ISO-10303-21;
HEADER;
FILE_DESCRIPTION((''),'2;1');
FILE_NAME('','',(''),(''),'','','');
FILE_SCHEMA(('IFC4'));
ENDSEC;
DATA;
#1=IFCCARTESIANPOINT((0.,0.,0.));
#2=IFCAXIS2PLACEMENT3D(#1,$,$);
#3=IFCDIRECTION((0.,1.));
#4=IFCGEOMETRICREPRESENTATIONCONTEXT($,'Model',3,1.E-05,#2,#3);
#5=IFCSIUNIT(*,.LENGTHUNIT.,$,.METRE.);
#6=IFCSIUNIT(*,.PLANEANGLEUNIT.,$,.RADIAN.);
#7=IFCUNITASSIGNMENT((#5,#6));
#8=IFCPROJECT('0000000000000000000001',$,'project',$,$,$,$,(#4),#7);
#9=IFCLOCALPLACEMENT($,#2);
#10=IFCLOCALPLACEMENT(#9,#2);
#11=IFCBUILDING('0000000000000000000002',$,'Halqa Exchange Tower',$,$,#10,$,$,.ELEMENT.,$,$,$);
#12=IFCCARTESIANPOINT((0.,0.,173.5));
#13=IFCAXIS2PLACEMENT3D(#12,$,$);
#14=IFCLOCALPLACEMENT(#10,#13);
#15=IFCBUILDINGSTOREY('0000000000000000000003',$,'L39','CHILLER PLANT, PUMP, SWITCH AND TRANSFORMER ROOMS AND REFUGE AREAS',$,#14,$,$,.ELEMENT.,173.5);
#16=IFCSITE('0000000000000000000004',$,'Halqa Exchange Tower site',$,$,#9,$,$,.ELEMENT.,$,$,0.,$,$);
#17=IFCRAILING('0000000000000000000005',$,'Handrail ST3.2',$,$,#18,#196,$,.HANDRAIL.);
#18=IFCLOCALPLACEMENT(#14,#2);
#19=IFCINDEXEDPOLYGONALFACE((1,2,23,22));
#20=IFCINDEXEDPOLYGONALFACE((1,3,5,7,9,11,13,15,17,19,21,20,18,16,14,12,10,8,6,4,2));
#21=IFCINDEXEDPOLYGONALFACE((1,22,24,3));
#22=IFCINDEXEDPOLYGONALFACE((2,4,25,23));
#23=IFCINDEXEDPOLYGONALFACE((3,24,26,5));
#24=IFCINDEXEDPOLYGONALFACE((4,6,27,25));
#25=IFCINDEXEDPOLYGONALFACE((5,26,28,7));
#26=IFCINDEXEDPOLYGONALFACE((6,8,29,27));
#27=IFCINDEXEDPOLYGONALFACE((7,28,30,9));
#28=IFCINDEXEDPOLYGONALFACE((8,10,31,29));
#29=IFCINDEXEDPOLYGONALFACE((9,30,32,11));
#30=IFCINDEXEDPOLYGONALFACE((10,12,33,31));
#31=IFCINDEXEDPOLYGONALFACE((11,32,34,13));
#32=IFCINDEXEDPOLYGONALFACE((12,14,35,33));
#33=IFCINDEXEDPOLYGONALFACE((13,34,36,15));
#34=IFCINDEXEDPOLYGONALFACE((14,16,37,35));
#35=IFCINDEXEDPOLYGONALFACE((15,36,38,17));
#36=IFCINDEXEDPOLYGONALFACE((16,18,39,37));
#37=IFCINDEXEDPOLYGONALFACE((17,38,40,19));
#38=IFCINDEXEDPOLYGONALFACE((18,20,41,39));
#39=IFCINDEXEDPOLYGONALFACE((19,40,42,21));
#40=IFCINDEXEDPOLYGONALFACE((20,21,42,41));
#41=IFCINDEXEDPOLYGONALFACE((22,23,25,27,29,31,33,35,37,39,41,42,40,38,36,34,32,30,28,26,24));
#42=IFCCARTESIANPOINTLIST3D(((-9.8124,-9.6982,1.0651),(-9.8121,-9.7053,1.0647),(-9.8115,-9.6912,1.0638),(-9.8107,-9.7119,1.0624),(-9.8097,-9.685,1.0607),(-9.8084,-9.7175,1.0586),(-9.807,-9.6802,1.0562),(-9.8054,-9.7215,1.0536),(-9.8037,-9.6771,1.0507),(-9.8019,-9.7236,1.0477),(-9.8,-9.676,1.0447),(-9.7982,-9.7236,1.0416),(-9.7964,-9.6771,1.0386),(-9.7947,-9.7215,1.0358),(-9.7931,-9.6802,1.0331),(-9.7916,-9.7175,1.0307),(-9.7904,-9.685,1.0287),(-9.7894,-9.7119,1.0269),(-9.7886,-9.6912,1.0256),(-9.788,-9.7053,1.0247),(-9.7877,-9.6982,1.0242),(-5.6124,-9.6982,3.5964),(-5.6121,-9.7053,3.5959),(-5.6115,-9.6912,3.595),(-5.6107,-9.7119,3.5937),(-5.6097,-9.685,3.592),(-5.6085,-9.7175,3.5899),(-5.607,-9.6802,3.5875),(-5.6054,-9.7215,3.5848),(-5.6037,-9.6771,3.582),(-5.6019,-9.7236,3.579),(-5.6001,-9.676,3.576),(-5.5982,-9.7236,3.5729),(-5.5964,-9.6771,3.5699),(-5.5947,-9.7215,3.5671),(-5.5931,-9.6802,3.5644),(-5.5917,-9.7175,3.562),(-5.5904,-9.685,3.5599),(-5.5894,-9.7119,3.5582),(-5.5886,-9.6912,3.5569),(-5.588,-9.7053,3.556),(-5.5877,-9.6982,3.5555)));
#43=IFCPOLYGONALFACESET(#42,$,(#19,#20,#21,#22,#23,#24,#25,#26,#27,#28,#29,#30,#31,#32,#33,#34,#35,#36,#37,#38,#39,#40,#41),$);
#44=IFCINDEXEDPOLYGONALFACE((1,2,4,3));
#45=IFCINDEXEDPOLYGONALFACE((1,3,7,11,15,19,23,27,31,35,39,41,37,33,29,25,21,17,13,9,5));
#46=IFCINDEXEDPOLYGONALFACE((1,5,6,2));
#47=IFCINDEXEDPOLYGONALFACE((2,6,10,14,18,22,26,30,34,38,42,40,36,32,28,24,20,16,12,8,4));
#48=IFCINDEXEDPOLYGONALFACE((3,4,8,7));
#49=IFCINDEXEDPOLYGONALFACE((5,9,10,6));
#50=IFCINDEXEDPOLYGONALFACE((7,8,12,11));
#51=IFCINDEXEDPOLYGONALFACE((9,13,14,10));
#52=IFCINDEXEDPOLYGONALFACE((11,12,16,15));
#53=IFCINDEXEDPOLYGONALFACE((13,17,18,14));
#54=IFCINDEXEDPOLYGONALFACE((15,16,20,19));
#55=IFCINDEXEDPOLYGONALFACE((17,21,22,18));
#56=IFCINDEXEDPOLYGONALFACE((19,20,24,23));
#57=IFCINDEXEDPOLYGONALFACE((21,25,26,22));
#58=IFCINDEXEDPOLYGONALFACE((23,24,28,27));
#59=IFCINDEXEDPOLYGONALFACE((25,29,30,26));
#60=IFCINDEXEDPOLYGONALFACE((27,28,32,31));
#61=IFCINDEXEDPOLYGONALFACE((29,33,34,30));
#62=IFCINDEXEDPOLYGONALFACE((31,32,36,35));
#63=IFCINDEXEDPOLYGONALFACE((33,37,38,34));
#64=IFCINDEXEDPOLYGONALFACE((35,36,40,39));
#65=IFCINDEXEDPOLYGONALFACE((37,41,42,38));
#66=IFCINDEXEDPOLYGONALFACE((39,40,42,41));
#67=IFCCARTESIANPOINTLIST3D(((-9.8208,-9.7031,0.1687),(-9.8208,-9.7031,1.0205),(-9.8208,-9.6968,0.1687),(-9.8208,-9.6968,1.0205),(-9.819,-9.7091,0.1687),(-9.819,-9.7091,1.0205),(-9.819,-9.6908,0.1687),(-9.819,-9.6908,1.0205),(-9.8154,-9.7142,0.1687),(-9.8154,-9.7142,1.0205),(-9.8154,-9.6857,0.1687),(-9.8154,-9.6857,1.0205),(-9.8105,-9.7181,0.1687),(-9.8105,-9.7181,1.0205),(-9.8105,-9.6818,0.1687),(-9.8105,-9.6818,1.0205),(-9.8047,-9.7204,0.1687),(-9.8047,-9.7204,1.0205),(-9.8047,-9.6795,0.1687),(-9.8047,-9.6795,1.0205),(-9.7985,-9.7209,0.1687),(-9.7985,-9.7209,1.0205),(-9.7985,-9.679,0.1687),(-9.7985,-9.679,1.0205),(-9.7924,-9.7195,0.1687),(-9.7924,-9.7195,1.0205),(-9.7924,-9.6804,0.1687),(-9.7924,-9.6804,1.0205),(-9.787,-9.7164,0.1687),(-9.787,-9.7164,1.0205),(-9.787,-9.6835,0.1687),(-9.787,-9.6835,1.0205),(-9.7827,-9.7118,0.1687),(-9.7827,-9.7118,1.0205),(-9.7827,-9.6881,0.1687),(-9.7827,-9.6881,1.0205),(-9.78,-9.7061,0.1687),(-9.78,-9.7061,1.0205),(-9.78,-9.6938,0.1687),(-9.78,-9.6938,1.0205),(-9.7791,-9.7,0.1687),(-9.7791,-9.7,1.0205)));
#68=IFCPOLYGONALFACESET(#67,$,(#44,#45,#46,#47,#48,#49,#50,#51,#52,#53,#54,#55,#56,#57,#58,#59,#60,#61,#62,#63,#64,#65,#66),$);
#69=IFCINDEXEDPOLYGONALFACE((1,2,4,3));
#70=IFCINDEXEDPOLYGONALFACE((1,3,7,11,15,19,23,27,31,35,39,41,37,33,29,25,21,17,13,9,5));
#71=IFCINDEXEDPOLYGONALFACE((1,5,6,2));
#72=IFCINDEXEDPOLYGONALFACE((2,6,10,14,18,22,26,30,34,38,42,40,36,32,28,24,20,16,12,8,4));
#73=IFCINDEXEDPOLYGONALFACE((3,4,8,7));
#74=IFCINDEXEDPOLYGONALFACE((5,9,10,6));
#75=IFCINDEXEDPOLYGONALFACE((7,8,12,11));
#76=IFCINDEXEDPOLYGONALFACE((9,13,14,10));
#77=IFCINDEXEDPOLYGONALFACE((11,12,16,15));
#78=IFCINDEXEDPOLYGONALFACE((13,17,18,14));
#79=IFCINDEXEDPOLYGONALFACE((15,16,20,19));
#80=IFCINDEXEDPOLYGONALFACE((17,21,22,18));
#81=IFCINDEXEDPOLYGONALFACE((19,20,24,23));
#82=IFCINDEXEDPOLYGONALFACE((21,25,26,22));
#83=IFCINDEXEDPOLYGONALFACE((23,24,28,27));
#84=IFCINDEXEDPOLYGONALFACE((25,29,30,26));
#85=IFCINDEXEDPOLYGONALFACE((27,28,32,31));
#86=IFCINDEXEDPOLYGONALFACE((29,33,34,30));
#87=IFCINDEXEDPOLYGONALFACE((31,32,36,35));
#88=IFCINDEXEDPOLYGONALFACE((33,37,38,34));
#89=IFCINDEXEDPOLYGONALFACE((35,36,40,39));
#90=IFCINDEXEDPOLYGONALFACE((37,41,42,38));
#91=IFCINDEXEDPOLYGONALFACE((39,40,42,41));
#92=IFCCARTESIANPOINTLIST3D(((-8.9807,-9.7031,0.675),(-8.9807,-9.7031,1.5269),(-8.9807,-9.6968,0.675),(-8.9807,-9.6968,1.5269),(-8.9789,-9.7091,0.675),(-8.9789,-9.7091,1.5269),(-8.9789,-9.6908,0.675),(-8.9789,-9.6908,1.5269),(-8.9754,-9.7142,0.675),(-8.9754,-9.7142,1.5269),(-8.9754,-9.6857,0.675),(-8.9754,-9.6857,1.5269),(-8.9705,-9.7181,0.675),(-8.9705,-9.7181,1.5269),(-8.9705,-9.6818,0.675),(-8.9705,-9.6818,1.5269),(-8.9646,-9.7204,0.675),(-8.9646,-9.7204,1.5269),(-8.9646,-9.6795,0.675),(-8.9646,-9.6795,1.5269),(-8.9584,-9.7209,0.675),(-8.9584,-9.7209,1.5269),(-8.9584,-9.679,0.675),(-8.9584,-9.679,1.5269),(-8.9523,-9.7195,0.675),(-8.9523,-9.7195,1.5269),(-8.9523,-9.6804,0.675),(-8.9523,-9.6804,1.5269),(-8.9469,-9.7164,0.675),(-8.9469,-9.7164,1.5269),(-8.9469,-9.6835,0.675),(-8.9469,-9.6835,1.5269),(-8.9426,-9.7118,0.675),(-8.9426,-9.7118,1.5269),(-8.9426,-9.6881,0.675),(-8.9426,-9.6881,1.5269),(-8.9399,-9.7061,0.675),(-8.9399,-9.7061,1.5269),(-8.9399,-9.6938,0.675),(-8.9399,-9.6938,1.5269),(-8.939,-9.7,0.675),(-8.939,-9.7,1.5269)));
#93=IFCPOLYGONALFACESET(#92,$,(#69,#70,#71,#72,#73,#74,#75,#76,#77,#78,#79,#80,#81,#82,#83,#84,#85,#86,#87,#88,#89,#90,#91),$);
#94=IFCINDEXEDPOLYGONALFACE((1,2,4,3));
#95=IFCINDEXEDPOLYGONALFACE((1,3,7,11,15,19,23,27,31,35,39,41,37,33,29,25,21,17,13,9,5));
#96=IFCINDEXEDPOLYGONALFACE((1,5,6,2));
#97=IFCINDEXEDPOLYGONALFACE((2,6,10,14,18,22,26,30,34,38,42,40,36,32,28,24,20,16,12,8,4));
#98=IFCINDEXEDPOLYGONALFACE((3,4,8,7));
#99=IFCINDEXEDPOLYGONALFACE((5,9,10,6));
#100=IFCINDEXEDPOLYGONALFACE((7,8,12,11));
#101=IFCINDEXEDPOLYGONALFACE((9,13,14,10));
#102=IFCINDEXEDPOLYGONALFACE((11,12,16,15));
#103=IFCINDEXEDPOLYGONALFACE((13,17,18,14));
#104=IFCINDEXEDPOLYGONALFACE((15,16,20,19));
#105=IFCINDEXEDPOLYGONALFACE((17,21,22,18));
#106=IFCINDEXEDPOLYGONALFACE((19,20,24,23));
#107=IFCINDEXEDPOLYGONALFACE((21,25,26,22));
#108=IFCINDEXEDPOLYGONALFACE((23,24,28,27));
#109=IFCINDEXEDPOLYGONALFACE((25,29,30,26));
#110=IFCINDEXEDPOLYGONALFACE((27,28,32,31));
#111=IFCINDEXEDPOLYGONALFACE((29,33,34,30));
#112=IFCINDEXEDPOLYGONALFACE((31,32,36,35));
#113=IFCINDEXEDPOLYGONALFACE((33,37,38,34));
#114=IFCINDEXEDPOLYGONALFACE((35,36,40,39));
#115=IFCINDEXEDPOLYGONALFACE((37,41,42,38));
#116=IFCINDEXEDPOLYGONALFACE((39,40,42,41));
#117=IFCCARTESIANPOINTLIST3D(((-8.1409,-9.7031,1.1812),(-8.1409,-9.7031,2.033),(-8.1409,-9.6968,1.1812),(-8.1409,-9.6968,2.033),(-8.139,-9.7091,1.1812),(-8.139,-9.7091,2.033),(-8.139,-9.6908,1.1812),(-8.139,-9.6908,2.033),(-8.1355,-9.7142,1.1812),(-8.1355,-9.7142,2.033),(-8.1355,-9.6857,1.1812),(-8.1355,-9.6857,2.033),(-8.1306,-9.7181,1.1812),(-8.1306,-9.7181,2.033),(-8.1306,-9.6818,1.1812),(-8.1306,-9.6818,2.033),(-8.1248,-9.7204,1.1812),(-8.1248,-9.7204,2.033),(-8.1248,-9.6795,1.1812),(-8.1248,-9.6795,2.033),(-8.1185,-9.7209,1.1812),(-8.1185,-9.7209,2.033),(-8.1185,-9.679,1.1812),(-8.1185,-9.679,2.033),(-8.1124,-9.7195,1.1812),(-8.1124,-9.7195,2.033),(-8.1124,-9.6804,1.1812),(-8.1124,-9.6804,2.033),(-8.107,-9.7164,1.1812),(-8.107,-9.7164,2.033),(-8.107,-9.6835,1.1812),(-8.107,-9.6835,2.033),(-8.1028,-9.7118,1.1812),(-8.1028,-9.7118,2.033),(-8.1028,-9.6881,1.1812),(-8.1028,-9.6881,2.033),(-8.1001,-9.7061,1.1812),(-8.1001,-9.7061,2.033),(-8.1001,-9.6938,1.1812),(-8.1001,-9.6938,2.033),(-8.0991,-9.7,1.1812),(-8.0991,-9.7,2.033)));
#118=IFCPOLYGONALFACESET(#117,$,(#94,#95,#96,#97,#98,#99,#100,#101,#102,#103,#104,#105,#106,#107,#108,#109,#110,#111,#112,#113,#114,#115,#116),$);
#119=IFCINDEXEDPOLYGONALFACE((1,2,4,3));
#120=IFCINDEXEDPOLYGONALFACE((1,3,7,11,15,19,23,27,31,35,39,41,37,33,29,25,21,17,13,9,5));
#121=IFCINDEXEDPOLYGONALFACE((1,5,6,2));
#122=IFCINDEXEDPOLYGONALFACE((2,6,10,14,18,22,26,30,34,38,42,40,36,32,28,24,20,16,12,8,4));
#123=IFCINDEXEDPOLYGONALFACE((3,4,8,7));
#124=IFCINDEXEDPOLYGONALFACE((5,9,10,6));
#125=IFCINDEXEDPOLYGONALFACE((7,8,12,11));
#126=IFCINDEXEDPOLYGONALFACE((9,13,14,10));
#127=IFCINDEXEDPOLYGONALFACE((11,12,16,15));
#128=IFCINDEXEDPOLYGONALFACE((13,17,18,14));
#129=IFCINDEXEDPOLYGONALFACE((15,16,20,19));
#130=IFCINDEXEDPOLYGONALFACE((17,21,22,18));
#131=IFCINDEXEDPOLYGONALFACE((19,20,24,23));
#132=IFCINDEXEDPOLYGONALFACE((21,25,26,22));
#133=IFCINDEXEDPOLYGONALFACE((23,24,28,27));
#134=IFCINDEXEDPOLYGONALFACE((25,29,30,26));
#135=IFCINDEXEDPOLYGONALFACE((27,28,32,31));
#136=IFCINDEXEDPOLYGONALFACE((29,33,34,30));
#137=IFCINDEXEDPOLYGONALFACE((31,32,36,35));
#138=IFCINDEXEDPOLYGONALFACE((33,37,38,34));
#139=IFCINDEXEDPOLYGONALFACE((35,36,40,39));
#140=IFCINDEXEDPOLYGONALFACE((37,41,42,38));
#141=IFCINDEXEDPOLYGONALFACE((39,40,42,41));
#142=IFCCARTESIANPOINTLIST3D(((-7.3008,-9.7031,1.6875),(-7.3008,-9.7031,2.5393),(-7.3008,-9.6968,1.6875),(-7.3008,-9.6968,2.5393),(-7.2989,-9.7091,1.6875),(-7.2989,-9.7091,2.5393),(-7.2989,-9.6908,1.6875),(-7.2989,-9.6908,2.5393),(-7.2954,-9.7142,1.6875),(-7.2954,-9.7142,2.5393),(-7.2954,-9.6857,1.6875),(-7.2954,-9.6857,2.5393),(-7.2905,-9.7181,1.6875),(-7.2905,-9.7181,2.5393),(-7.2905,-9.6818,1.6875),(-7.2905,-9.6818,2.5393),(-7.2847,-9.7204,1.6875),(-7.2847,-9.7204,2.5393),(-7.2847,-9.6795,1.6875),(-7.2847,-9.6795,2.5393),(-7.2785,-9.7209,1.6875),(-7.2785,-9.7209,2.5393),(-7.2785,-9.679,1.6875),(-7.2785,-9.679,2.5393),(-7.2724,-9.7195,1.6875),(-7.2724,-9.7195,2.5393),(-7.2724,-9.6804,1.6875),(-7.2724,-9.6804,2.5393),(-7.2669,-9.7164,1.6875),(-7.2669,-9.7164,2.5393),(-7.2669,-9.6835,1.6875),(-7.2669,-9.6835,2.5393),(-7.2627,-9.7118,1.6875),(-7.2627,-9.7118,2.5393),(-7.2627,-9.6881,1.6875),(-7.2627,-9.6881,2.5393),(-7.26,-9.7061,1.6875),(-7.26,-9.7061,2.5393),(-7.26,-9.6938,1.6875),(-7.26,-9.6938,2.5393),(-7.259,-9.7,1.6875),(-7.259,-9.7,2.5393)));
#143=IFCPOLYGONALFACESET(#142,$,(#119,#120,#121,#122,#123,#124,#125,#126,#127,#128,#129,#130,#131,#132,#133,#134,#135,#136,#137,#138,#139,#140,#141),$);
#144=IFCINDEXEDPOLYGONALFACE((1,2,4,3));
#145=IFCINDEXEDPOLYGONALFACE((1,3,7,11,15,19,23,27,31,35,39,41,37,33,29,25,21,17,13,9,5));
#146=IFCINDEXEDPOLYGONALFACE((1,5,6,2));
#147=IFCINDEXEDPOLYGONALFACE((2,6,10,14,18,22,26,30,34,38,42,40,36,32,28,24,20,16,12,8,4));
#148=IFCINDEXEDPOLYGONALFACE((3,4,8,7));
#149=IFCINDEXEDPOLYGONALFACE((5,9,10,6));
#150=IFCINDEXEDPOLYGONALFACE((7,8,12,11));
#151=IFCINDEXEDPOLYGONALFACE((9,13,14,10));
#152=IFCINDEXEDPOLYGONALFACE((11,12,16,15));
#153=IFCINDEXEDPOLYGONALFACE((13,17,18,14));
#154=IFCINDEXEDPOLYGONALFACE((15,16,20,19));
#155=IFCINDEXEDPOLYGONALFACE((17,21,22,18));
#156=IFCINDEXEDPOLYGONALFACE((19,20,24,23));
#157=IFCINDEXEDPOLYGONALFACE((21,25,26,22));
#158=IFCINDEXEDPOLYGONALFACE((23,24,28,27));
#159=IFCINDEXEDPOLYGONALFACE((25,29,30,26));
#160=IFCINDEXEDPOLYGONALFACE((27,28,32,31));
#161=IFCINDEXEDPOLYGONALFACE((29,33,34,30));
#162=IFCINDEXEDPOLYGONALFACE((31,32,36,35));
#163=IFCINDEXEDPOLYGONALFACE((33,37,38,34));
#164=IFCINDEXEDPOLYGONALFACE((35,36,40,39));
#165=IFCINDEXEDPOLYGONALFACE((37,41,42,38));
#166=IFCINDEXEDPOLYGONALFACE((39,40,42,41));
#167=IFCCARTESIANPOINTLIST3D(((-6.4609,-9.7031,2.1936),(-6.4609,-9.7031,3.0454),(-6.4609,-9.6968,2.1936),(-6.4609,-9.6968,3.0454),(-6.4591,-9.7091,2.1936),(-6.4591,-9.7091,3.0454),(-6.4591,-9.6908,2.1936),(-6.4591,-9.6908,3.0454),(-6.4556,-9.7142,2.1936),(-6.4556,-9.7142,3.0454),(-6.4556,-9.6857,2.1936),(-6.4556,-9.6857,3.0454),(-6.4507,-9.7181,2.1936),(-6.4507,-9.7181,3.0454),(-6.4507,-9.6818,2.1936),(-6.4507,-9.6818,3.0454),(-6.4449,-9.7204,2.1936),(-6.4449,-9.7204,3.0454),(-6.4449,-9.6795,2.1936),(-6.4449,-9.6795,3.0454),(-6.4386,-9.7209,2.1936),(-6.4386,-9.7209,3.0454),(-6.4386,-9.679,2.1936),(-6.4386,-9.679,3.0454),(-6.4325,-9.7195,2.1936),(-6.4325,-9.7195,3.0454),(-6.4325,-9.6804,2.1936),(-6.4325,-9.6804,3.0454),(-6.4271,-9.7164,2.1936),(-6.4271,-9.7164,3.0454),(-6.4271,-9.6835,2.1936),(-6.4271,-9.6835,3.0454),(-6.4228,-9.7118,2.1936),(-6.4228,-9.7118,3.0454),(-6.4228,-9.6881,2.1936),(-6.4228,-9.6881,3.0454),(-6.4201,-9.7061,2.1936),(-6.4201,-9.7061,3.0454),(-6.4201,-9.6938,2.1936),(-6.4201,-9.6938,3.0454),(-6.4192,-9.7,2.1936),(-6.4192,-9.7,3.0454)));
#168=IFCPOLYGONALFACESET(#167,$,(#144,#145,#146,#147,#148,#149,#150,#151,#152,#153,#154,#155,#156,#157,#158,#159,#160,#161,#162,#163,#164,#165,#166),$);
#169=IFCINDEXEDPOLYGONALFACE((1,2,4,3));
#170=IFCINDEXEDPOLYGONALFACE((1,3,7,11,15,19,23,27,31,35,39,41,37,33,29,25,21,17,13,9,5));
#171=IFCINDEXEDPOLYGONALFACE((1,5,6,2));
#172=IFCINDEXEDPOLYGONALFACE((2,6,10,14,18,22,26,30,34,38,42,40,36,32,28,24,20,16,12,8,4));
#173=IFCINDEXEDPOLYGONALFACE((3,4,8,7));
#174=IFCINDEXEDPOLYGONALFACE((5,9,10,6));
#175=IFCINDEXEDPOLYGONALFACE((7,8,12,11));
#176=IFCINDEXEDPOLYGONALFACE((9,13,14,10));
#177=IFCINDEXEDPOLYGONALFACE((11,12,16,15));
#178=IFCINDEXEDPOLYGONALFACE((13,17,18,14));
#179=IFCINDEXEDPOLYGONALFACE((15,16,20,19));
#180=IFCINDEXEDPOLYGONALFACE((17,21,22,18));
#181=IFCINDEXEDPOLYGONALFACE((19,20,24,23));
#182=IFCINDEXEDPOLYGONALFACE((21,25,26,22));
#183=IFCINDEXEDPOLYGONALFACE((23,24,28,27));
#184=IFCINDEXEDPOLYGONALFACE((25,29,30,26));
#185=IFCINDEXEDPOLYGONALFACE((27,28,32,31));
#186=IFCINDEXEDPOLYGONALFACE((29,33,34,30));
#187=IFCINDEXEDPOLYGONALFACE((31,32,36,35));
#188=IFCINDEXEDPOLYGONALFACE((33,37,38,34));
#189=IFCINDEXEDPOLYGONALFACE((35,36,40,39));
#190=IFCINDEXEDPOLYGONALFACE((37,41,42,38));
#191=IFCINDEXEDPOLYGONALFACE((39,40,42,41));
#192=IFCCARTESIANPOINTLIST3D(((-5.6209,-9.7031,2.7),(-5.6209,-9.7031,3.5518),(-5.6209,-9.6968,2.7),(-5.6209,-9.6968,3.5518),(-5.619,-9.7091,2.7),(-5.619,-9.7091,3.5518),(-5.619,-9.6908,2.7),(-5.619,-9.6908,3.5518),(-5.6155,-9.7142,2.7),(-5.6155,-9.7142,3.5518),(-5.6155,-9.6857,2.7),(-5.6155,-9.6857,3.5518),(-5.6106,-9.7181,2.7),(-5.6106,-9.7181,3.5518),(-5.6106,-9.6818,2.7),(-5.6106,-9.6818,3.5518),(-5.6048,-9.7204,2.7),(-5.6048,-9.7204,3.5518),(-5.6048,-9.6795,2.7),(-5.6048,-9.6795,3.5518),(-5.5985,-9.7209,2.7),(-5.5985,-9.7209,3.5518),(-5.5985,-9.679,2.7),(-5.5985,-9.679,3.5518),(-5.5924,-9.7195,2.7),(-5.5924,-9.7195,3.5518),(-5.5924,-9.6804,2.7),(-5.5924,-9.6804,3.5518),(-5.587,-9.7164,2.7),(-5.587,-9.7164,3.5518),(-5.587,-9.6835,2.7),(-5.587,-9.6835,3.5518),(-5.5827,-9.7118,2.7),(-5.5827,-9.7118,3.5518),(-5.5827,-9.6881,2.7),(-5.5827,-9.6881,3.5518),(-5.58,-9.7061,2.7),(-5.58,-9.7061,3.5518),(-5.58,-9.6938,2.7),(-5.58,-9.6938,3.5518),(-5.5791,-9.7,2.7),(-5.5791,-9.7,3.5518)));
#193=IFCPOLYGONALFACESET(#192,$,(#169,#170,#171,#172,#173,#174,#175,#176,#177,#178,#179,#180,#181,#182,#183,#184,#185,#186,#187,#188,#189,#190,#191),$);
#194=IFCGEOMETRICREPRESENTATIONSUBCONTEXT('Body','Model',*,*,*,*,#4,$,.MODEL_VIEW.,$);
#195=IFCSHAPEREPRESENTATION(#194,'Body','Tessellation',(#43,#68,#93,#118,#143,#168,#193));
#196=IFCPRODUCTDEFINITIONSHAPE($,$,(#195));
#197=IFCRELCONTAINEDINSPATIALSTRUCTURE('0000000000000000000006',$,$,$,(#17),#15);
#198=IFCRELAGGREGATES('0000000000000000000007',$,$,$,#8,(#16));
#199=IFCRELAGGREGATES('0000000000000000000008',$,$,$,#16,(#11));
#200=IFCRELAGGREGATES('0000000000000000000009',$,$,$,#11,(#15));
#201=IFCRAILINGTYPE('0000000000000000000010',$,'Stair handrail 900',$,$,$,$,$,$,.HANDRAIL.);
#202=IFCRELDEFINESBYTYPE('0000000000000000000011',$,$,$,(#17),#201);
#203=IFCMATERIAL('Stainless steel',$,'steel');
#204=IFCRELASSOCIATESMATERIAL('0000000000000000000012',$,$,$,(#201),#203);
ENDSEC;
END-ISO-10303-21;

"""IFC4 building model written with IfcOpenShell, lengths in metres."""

from ifc_helpers import new_model, si_unit, direction, frame, origin, origin_2d, place, context, subcontext, project, spatial, circle, extrude, material, type_object, element, save


model = new_model("IFC4")

# Units and contexts
model_context = context("Model", 3, precision=1e-05, world=origin(), true_north=direction((0.0, 1.0)))
body_context = subcontext(model_context, "Body", "Model", "MODEL_VIEW")
ifc_project = project(units=[si_unit("LENGTHUNIT", "METRE"), si_unit("PLANEANGLEUNIT", "RADIAN")], contexts=[model_context])

# Site, building, storey
site_placement = place(None, origin())
site = spatial("IfcSite", under=ifc_project, at=site_placement, Name="Halqa Exchange Tower site", CompositionType="ELEMENT", RefElevation=0.0)
building_placement = place(site_placement, origin())
building = spatial("IfcBuilding", under=site, at=building_placement, Name="Halqa Exchange Tower", CompositionType="ELEMENT")
storey_placement = place(building_placement, frame((0.0, 0.0, 173.5)))
storey = spatial("IfcBuildingStorey", under=building, at=storey_placement, Name="L39", Description="CHILLER PLANT, PUMP, SWITCH AND TRANSFORMER ROOMS AND REFUGE AREAS", CompositionType="ELEMENT", Elevation=173.5)

# Railing
ifc_material_1 = material(Name="Stainless steel", Category="steel")
railing_type_1 = type_object("IfcRailingType", Name="Stair handrail 900", PredefinedType="HANDRAIL", material=ifc_material_1)
railing_1_placement = place(storey_placement, frame((-9.8, -9.7, 0.1687)))
element("IfcRailing", 1, at=railing_1_placement, inside=storey, type_object=railing_type_1, Name="Handrail ST3.2", PredefinedType="HANDRAIL", context=body_context, shape_type="SweptSolid", body=[
    extrude(circle(Radius=0.0239, at=origin_2d()), frame((0.0, 0.0, 0.876), z_axis=(0.856476, 0.0, 0.516186), x_axis=(0.0, 1.0, 0.0)), (0.0, 0.0, 1.0), 4.9038),
    extrude(circle(Radius=0.021, at=origin_2d()), origin(), (0.0, 0.0, 1.0), 0.8518),
    extrude(circle(Radius=0.021, at=origin_2d()), frame((0.8401, 0.0, 0.5063)), (0.0, 0.0, 1.0), 0.8518),
    extrude(circle(Radius=0.021, at=origin_2d()), frame((1.6799, 0.0, 1.0125)), (0.0, 0.0, 1.0), 0.8518),
    extrude(circle(Radius=0.021, at=origin_2d()), frame((2.52, 0.0, 1.5188)), (0.0, 0.0, 1.0), 0.8518),
    extrude(circle(Radius=0.021, at=origin_2d()), frame((3.3599, 0.0, 2.0249)), (0.0, 0.0, 1.0), 0.8518),
    extrude(circle(Radius=0.021, at=origin_2d()), frame((4.2, 0.0, 2.5312)), (0.0, 0.0, 1.0), 0.8518),
])

save(model, "model.ifc")
